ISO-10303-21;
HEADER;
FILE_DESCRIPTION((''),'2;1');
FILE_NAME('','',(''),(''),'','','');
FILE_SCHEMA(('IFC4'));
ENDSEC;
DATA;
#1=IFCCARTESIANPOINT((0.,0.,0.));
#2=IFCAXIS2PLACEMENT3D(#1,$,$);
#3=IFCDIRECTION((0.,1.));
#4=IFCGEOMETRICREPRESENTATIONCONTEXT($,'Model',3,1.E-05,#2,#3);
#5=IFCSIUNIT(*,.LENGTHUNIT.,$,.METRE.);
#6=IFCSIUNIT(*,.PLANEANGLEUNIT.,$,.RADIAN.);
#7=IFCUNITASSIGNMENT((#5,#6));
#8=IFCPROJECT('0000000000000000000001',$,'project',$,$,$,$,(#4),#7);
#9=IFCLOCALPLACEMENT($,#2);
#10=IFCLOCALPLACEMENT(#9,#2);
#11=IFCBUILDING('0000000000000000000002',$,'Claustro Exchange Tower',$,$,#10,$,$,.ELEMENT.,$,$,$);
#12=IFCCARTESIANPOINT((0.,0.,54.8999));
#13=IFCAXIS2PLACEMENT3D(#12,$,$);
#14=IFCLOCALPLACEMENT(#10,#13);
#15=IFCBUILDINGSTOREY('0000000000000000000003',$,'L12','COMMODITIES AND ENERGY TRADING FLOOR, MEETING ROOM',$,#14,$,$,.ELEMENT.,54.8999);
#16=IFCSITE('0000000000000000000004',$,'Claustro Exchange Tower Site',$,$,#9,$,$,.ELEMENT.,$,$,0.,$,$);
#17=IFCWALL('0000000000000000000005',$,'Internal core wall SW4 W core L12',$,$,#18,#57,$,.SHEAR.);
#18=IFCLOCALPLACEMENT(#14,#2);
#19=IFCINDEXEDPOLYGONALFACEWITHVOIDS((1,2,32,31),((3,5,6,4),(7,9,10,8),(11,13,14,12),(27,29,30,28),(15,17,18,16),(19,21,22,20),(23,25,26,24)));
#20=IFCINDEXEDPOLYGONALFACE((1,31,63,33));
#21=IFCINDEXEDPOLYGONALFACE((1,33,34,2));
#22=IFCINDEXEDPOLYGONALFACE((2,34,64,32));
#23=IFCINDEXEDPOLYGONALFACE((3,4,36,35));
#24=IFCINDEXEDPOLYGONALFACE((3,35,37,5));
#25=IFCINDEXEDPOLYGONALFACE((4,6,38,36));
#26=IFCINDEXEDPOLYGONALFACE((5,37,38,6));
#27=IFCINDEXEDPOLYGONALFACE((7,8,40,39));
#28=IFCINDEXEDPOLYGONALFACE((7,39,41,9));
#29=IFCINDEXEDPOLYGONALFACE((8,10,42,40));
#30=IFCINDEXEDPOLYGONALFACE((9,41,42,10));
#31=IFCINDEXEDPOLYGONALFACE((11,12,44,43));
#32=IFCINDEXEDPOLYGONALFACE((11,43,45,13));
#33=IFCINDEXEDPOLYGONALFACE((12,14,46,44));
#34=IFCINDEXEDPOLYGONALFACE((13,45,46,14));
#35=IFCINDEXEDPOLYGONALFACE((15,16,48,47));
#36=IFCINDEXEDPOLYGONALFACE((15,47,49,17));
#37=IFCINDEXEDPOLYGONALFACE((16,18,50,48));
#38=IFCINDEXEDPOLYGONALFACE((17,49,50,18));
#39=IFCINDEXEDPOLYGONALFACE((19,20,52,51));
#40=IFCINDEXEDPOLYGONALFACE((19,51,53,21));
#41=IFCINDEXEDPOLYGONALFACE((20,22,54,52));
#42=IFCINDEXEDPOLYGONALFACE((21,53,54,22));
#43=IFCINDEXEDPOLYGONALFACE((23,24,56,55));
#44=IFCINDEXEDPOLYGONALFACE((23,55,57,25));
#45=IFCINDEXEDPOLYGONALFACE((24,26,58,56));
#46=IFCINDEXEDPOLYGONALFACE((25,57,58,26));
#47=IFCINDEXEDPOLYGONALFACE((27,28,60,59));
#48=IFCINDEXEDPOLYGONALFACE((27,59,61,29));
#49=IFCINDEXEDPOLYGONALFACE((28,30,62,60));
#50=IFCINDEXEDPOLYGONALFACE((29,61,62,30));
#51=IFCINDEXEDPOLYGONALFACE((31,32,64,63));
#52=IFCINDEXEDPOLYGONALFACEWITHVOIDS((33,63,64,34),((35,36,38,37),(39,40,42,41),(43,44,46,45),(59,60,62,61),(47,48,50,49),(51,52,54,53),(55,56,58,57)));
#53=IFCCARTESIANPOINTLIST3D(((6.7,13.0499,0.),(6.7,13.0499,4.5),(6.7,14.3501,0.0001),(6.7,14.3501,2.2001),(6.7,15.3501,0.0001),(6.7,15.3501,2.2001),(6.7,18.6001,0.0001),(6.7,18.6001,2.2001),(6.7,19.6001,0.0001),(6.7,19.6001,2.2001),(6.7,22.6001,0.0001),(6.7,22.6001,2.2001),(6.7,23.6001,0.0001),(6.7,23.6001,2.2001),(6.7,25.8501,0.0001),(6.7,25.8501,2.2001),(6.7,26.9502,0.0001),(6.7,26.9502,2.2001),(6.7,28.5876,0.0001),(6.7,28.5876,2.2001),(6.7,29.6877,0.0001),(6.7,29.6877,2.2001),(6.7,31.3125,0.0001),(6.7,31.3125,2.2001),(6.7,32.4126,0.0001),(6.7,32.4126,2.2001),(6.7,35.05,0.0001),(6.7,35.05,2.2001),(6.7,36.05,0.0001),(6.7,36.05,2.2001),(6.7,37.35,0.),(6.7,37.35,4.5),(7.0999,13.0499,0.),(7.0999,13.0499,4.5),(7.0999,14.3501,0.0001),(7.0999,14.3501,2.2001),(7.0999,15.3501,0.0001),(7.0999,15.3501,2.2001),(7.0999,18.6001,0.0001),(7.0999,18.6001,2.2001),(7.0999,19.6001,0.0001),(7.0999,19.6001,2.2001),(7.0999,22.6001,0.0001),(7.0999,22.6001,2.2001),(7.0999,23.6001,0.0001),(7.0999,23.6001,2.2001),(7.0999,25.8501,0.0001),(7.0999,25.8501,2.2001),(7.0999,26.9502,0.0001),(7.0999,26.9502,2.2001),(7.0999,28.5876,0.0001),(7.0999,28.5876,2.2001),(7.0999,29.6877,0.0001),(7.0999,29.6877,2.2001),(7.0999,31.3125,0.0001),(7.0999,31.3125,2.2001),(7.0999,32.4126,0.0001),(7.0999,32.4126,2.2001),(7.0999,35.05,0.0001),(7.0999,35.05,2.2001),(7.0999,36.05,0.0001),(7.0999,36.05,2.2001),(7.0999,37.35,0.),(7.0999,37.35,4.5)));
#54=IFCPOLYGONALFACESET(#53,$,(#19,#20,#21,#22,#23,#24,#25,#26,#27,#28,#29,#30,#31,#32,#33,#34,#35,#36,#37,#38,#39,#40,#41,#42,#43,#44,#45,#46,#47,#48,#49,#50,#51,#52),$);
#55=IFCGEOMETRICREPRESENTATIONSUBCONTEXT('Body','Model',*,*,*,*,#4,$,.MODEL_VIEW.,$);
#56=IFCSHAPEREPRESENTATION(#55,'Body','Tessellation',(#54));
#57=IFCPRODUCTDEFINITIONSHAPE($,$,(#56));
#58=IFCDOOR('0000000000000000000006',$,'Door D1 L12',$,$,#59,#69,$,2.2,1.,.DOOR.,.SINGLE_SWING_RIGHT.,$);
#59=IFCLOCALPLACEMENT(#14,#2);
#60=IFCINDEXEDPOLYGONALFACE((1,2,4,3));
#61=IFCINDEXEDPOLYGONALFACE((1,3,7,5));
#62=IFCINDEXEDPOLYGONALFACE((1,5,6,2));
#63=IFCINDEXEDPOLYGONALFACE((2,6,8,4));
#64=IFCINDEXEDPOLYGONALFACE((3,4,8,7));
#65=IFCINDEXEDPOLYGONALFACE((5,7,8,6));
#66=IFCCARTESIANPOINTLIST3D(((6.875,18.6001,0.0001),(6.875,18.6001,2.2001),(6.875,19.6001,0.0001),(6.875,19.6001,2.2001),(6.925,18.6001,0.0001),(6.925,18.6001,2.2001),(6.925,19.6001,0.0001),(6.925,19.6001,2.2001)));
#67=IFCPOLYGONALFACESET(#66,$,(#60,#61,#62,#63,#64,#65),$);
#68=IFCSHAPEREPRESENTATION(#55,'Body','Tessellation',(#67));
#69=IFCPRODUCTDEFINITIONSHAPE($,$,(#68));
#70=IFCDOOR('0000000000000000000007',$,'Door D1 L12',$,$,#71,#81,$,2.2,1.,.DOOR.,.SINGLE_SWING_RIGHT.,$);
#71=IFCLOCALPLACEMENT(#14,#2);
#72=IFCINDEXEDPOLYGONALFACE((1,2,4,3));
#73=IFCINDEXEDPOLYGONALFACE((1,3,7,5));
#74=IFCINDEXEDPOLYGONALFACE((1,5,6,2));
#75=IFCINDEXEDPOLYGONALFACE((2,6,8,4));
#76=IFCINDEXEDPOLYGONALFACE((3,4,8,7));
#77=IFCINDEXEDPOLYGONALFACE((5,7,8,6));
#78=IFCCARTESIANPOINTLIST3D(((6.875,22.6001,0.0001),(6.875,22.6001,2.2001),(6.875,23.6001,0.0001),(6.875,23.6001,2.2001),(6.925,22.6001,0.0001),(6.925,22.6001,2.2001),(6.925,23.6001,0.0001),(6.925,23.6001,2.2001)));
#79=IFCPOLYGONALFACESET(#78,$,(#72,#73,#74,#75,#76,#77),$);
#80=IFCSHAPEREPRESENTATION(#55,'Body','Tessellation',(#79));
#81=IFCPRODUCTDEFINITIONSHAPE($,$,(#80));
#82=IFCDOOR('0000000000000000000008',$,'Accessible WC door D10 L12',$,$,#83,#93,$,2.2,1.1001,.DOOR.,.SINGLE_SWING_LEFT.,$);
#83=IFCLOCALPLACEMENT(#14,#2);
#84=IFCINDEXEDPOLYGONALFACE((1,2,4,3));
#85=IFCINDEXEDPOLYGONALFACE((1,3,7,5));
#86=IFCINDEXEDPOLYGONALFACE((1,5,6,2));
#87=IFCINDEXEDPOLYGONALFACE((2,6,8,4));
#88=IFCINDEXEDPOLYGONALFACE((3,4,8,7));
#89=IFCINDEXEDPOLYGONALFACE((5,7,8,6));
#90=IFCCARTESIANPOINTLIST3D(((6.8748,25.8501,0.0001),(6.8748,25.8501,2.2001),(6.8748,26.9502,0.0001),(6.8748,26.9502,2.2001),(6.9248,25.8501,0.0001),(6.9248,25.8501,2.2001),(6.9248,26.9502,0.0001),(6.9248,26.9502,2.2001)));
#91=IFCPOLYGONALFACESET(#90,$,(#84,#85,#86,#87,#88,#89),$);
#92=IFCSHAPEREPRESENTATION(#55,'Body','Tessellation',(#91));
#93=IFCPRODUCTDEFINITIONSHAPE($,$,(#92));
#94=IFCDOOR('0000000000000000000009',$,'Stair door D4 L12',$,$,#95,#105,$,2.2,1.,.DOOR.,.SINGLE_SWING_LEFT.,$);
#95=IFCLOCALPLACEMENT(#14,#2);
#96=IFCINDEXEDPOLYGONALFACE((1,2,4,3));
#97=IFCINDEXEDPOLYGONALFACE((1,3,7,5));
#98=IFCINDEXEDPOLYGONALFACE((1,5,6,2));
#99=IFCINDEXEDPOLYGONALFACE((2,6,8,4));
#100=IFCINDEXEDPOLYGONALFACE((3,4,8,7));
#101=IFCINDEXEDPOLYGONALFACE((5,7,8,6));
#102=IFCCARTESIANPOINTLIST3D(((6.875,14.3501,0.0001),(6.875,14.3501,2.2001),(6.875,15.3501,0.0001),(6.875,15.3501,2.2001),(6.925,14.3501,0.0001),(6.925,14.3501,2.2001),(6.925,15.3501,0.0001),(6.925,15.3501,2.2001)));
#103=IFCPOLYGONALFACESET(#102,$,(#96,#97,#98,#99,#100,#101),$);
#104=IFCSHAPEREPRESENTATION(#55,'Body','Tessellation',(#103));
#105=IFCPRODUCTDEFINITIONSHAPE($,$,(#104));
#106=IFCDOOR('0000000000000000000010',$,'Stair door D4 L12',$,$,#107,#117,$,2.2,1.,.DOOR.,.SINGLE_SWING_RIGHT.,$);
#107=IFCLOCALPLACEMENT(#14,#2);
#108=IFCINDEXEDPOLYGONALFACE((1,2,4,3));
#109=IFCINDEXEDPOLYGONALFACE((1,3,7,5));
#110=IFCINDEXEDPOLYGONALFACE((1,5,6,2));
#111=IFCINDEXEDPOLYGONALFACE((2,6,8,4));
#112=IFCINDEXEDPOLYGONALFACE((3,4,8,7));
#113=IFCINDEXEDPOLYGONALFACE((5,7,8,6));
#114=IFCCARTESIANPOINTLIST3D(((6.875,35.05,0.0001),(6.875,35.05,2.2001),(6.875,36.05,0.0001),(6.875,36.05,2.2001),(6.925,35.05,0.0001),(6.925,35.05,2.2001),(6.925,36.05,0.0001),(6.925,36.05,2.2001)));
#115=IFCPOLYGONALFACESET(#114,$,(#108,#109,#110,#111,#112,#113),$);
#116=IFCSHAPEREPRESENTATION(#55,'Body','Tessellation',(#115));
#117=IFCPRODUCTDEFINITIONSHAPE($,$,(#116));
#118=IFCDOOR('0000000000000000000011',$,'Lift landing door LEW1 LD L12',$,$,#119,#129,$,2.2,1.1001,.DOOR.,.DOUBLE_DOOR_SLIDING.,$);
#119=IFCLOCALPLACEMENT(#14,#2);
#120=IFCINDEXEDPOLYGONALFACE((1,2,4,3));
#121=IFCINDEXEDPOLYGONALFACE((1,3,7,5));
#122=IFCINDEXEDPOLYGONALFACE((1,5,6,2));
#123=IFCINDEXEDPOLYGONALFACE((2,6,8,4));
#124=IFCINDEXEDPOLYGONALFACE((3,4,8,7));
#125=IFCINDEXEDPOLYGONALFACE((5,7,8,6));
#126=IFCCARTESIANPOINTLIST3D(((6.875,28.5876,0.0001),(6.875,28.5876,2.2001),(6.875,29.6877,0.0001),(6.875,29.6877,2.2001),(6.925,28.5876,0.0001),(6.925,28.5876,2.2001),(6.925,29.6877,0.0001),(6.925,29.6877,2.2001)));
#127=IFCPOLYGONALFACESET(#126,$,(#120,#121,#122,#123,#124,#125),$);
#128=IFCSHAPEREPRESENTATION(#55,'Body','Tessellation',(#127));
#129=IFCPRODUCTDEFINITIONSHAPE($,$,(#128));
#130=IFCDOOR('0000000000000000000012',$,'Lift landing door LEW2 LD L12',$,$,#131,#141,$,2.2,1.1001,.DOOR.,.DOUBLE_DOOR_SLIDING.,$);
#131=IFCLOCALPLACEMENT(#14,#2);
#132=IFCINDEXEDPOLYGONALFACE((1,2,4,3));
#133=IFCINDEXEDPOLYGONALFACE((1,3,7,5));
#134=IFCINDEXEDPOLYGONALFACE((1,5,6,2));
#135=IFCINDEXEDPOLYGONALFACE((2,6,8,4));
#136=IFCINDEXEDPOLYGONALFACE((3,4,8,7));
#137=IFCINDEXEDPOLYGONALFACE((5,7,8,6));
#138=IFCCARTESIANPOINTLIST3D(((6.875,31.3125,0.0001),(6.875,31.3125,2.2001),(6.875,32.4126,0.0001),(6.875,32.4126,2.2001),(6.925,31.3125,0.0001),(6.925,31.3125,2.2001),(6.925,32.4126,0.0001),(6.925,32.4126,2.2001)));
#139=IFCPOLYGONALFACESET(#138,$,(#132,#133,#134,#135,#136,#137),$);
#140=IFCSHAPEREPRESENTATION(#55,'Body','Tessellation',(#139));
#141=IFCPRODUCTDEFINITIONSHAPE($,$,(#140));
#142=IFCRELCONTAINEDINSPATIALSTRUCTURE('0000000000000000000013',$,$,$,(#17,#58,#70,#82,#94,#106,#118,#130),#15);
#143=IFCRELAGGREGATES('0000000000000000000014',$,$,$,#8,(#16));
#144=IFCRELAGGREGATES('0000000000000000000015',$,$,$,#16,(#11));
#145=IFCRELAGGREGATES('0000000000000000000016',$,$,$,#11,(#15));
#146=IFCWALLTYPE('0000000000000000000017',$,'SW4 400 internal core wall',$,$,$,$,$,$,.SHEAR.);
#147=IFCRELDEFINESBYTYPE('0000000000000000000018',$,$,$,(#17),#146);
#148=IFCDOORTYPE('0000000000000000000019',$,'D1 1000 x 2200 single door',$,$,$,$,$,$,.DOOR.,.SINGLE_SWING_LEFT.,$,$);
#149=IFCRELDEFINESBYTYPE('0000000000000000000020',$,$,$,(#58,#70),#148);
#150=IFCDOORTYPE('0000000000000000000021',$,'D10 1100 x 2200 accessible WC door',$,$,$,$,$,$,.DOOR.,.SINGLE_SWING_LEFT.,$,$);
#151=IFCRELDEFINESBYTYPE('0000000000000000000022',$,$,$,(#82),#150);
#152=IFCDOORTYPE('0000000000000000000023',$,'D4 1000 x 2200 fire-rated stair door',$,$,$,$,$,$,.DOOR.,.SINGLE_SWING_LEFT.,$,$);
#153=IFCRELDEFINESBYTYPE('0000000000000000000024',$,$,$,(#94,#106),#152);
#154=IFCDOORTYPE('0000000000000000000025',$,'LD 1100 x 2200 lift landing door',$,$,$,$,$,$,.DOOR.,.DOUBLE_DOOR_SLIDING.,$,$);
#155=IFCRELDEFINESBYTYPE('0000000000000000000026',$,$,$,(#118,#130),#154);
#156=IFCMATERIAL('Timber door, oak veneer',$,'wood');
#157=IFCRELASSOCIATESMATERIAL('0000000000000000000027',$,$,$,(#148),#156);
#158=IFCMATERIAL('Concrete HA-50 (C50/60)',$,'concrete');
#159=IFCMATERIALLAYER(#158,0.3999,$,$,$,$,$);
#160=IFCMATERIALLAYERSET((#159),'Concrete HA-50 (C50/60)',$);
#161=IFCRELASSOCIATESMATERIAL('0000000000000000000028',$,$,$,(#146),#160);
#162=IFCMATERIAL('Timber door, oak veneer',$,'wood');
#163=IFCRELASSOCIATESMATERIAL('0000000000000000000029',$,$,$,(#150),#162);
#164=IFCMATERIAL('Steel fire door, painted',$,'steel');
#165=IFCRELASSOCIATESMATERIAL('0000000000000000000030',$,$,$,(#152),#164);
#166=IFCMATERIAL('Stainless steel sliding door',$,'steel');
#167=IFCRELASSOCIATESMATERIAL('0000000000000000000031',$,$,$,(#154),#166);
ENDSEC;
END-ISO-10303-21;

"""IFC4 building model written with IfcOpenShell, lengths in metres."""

from ifc_helpers import new_model, si_unit, direction, frame, frame_2d, origin, place, context, subcontext, project, spatial, rectangle, extrude, material, layer, layer_set, type_object, element, fill, save


model = new_model("IFC4")

# Units and contexts
model_context = context("Model", 3, precision=1e-05, world=origin(), true_north=direction((0.0, 1.0)))
body_context = subcontext(model_context, "Body", "Model", "MODEL_VIEW")
ifc_project = project(units=[si_unit("LENGTHUNIT", "METRE"), si_unit("PLANEANGLEUNIT", "RADIAN")], contexts=[model_context])

# Site, building, storey
site_placement = place(None, origin())
site = spatial("IfcSite", under=ifc_project, at=site_placement, Name="Claustro Exchange Tower Site", CompositionType="ELEMENT", RefElevation=0.0)
building_placement = place(site_placement, origin())
building = spatial("IfcBuilding", under=site, at=building_placement, Name="Claustro Exchange Tower", CompositionType="ELEMENT")
storey_placement = place(building_placement, frame((0.0, 0.0, 54.8999)))
storey = spatial("IfcBuildingStorey", under=building, at=storey_placement, Name="L12", Description="COMMODITIES AND ENERGY TRADING FLOOR, MEETING ROOM", CompositionType="ELEMENT", Elevation=54.8999)

# Shared definitions
ifc_material_1 = material(Name="Timber door, oak veneer", Category="wood")
door_type_1 = type_object("IfcDoorType", Name="D1 1000 x 2200 single door", OperationType="SINGLE_SWING_LEFT", PredefinedType="DOOR", material=ifc_material_1)

# Wall, openings, doors
ifc_material_2 = material(Name="Concrete HA-50 (C50/60)", Category="concrete")
ifc_layer_1 = layer(ifc_material_2, 0.3999)
ifc_layer_set_1 = layer_set([ifc_layer_1], Name="Concrete HA-50 (C50/60)")
wall_type_1 = type_object("IfcWallType", Name="SW4 400 internal core wall", PredefinedType="SHEAR", material=ifc_layer_set_1)
wall_1_placement = place(storey_placement, frame((6.8999, 13.05, 0.0), z_axis=(0.0, 0.0, 1.0), x_axis=(0.0, 1.0, 0.0)))
wall_1 = element("IfcWall", 1, at=wall_1_placement, inside=storey, type_object=wall_type_1, Name="Internal core wall SW4 W core L12", PredefinedType="SHEAR", context=body_context, shape_type="SweptSolid", body=[
    extrude(rectangle(XDim=24.3, YDim=0.3999, at=frame_2d((12.1499, 0.0))), origin(), (0.0, 0.0, 1.0), 4.5),
])
opening_1_placement = place(wall_1_placement, frame((1.3, 0.0, 0.0)))
opening_1 = element("IfcOpeningElement", 2, at=opening_1_placement, cuts=wall_1, PredefinedType="OPENING", context=body_context, shape_type="SweptSolid", body=[
    extrude(rectangle(XDim=1.0, YDim=2.2, at=frame_2d((0.5, 1.1001))), frame((0.0, 0.21, 0.0), z_axis=(0.0, -1.0, 0.0), x_axis=(1.0, 0.0, 0.0)), (0.0, 0.0, 1.0), 0.4199),
])
opening_2_placement = place(wall_1_placement, frame((22.0, 0.0, 0.0)))
opening_2 = element("IfcOpeningElement", 3, at=opening_2_placement, cuts=wall_1, PredefinedType="OPENING", context=body_context, shape_type="SweptSolid", body=[
    extrude(rectangle(XDim=1.0, YDim=2.2, at=frame_2d((0.5, 1.1001))), frame((0.0, 0.21, 0.0), z_axis=(0.0, -1.0, 0.0), x_axis=(1.0, 0.0, 0.0)), (0.0, 0.0, 1.0), 0.4199),
])
opening_3_placement = place(wall_1_placement, frame((5.55, 0.0, 0.0)))
opening_3 = element("IfcOpeningElement", 4, at=opening_3_placement, cuts=wall_1, PredefinedType="OPENING", context=body_context, shape_type="SweptSolid", body=[
    extrude(rectangle(XDim=1.0, YDim=2.2, at=frame_2d((0.5, 1.1001))), frame((0.0, 0.21, 0.0), z_axis=(0.0, -1.0, 0.0), x_axis=(1.0, 0.0, 0.0)), (0.0, 0.0, 1.0), 0.4199),
])
opening_4_placement = place(wall_1_placement, frame((9.55, 0.0, 0.0)))
opening_4 = element("IfcOpeningElement", 5, at=opening_4_placement, cuts=wall_1, PredefinedType="OPENING", context=body_context, shape_type="SweptSolid", body=[
    extrude(rectangle(XDim=1.0, YDim=2.2, at=frame_2d((0.5, 1.1001))), frame((0.0, 0.21, 0.0), z_axis=(0.0, -1.0, 0.0), x_axis=(1.0, 0.0, 0.0)), (0.0, 0.0, 1.0), 0.4199),
])
opening_5_placement = place(wall_1_placement, frame((12.8, 0.0, 0.0)))
opening_5 = element("IfcOpeningElement", 6, at=opening_5_placement, cuts=wall_1, PredefinedType="OPENING", context=body_context, shape_type="SweptSolid", body=[
    extrude(rectangle(XDim=1.1001, YDim=2.2, at=frame_2d((0.55, 1.1001))), frame((0.0, 0.21, 0.0), z_axis=(0.0, -1.0, 0.0), x_axis=(1.0, 0.0, 0.0)), (0.0, 0.0, 1.0), 0.4199),
])
opening_6_placement = place(wall_1_placement, frame((15.5376, 0.0, 0.0)))
opening_6 = element("IfcOpeningElement", 7, at=opening_6_placement, cuts=wall_1, PredefinedType="OPENING", context=body_context, shape_type="SweptSolid", body=[
    extrude(rectangle(XDim=1.1001, YDim=2.2, at=frame_2d((0.55, 1.1001))), frame((0.0, 0.21, 0.0), z_axis=(0.0, -1.0, 0.0), x_axis=(1.0, 0.0, 0.0)), (0.0, 0.0, 1.0), 0.4199),
])
opening_7_placement = place(wall_1_placement, frame((18.2625, 0.0, 0.0)))
opening_7 = element("IfcOpeningElement", 8, at=opening_7_placement, cuts=wall_1, PredefinedType="OPENING", context=body_context, shape_type="SweptSolid", body=[
    extrude(rectangle(XDim=1.1001, YDim=2.2, at=frame_2d((0.55, 1.1001))), frame((0.0, 0.21, 0.0), z_axis=(0.0, -1.0, 0.0), x_axis=(1.0, 0.0, 0.0)), (0.0, 0.0, 1.0), 0.4199),
])
door_1_placement = place(opening_3_placement, origin())
door_1 = element("IfcDoor", 9, at=door_1_placement, inside=storey, type_object=door_type_1, Name="Door D1 L12", OperationType="SINGLE_SWING_RIGHT", OverallHeight=2.2, OverallWidth=1.0, PredefinedType="DOOR", context=body_context, shape_type="SweptSolid", body=[
    extrude(rectangle(XDim=1.0, YDim=2.2, at=frame_2d((0.5, 1.1001))), frame((0.0, 0.0249, 0.0), z_axis=(0.0, -1.0, 0.0), x_axis=(1.0, 0.0, 0.0)), (0.0, 0.0, 1.0), 0.05),
])
fill(opening_3, door_1)
door_2_placement = place(opening_4_placement, origin())
door_2 = element("IfcDoor", 10, at=door_2_placement, inside=storey, type_object=door_type_1, Name="Door D1 L12", OperationType="SINGLE_SWING_RIGHT", OverallHeight=2.2, OverallWidth=1.0, PredefinedType="DOOR", context=body_context, shape_type="SweptSolid", body=[
    extrude(rectangle(XDim=1.0, YDim=2.2, at=frame_2d((0.5, 1.1001))), frame((0.0, 0.0249, 0.0), z_axis=(0.0, -1.0, 0.0), x_axis=(1.0, 0.0, 0.0)), (0.0, 0.0, 1.0), 0.05),
])
fill(opening_4, door_2)
ifc_material_3 = material(Name="Timber door, oak veneer", Category="wood")
door_type_2 = type_object("IfcDoorType", Name="D10 1100 x 2200 accessible WC door", OperationType="SINGLE_SWING_LEFT", PredefinedType="DOOR", material=ifc_material_3)
door_3_placement = place(opening_5_placement, frame((1.1001, 0.0, 0.0), z_axis=(0.0, 0.0, 1.0), x_axis=(-1.0, 0.0, 0.0)))
door_3 = element("IfcDoor", 11, at=door_3_placement, inside=storey, type_object=door_type_2, Name="Accessible WC door D10 L12", OperationType="SINGLE_SWING_LEFT", OverallHeight=2.2, OverallWidth=1.1001, PredefinedType="DOOR", context=body_context, shape_type="SweptSolid", body=[
    extrude(rectangle(XDim=1.1001, YDim=2.2, at=frame_2d((0.55, 1.1001))), frame((0.0, 0.0249, 0.0), z_axis=(0.0, -1.0, 0.0), x_axis=(1.0, 0.0, 0.0)), (0.0, 0.0, 1.0), 0.05),
])
fill(opening_5, door_3)
ifc_material_4 = material(Name="Steel fire door, painted", Category="steel")
door_type_3 = type_object("IfcDoorType", Name="D4 1000 x 2200 fire-rated stair door", OperationType="SINGLE_SWING_LEFT", PredefinedType="DOOR", material=ifc_material_4)
door_4_placement = place(opening_1_placement, origin())
door_4 = element("IfcDoor", 12, at=door_4_placement, inside=storey, type_object=door_type_3, Name="Stair door D4 L12", OperationType="SINGLE_SWING_LEFT", OverallHeight=2.2, OverallWidth=1.0, PredefinedType="DOOR", context=body_context, shape_type="SweptSolid", body=[
    extrude(rectangle(XDim=1.0, YDim=2.2, at=frame_2d((0.5, 1.1001))), frame((0.0, 0.0249, 0.0), z_axis=(0.0, -1.0, 0.0), x_axis=(1.0, 0.0, 0.0)), (0.0, 0.0, 1.0), 0.05),
])
fill(opening_1, door_4)
door_5_placement = place(opening_2_placement, origin())
door_5 = element("IfcDoor", 13, at=door_5_placement, inside=storey, type_object=door_type_3, Name="Stair door D4 L12", OperationType="SINGLE_SWING_RIGHT", OverallHeight=2.2, OverallWidth=1.0, PredefinedType="DOOR", context=body_context, shape_type="SweptSolid", body=[
    extrude(rectangle(XDim=1.0, YDim=2.2, at=frame_2d((0.5, 1.1001))), frame((0.0, 0.0249, 0.0), z_axis=(0.0, -1.0, 0.0), x_axis=(1.0, 0.0, 0.0)), (0.0, 0.0, 1.0), 0.05),
])
fill(opening_2, door_5)
ifc_material_5 = material(Name="Stainless steel sliding door", Category="steel")
door_type_4 = type_object("IfcDoorType", Name="LD 1100 x 2200 lift landing door", OperationType="DOUBLE_DOOR_SLIDING", PredefinedType="DOOR", material=ifc_material_5)
door_6_placement = place(opening_6_placement, origin())
door_6 = element("IfcDoor", 14, at=door_6_placement, inside=storey, type_object=door_type_4, Name="Lift landing door LEW1 LD L12", OperationType="DOUBLE_DOOR_SLIDING", OverallHeight=2.2, OverallWidth=1.1001, PredefinedType="DOOR", context=body_context, shape_type="SweptSolid", body=[
    extrude(rectangle(XDim=1.1001, YDim=2.2, at=frame_2d((0.55, 1.1001))), frame((0.0, 0.0249, 0.0), z_axis=(0.0, -1.0, 0.0), x_axis=(1.0, 0.0, 0.0)), (0.0, 0.0, 1.0), 0.05),
])
fill(opening_6, door_6)
door_7_placement = place(opening_7_placement, origin())
door_7 = element("IfcDoor", 15, at=door_7_placement, inside=storey, type_object=door_type_4, Name="Lift landing door LEW2 LD L12", OperationType="DOUBLE_DOOR_SLIDING", OverallHeight=2.2, OverallWidth=1.1001, PredefinedType="DOOR", context=body_context, shape_type="SweptSolid", body=[
    extrude(rectangle(XDim=1.1001, YDim=2.2, at=frame_2d((0.55, 1.1001))), frame((0.0, 0.0249, 0.0), z_axis=(0.0, -1.0, 0.0), x_axis=(1.0, 0.0, 0.0)), (0.0, 0.0, 1.0), 0.05),
])
fill(opening_7, door_7)

save(model, "model.ifc")
